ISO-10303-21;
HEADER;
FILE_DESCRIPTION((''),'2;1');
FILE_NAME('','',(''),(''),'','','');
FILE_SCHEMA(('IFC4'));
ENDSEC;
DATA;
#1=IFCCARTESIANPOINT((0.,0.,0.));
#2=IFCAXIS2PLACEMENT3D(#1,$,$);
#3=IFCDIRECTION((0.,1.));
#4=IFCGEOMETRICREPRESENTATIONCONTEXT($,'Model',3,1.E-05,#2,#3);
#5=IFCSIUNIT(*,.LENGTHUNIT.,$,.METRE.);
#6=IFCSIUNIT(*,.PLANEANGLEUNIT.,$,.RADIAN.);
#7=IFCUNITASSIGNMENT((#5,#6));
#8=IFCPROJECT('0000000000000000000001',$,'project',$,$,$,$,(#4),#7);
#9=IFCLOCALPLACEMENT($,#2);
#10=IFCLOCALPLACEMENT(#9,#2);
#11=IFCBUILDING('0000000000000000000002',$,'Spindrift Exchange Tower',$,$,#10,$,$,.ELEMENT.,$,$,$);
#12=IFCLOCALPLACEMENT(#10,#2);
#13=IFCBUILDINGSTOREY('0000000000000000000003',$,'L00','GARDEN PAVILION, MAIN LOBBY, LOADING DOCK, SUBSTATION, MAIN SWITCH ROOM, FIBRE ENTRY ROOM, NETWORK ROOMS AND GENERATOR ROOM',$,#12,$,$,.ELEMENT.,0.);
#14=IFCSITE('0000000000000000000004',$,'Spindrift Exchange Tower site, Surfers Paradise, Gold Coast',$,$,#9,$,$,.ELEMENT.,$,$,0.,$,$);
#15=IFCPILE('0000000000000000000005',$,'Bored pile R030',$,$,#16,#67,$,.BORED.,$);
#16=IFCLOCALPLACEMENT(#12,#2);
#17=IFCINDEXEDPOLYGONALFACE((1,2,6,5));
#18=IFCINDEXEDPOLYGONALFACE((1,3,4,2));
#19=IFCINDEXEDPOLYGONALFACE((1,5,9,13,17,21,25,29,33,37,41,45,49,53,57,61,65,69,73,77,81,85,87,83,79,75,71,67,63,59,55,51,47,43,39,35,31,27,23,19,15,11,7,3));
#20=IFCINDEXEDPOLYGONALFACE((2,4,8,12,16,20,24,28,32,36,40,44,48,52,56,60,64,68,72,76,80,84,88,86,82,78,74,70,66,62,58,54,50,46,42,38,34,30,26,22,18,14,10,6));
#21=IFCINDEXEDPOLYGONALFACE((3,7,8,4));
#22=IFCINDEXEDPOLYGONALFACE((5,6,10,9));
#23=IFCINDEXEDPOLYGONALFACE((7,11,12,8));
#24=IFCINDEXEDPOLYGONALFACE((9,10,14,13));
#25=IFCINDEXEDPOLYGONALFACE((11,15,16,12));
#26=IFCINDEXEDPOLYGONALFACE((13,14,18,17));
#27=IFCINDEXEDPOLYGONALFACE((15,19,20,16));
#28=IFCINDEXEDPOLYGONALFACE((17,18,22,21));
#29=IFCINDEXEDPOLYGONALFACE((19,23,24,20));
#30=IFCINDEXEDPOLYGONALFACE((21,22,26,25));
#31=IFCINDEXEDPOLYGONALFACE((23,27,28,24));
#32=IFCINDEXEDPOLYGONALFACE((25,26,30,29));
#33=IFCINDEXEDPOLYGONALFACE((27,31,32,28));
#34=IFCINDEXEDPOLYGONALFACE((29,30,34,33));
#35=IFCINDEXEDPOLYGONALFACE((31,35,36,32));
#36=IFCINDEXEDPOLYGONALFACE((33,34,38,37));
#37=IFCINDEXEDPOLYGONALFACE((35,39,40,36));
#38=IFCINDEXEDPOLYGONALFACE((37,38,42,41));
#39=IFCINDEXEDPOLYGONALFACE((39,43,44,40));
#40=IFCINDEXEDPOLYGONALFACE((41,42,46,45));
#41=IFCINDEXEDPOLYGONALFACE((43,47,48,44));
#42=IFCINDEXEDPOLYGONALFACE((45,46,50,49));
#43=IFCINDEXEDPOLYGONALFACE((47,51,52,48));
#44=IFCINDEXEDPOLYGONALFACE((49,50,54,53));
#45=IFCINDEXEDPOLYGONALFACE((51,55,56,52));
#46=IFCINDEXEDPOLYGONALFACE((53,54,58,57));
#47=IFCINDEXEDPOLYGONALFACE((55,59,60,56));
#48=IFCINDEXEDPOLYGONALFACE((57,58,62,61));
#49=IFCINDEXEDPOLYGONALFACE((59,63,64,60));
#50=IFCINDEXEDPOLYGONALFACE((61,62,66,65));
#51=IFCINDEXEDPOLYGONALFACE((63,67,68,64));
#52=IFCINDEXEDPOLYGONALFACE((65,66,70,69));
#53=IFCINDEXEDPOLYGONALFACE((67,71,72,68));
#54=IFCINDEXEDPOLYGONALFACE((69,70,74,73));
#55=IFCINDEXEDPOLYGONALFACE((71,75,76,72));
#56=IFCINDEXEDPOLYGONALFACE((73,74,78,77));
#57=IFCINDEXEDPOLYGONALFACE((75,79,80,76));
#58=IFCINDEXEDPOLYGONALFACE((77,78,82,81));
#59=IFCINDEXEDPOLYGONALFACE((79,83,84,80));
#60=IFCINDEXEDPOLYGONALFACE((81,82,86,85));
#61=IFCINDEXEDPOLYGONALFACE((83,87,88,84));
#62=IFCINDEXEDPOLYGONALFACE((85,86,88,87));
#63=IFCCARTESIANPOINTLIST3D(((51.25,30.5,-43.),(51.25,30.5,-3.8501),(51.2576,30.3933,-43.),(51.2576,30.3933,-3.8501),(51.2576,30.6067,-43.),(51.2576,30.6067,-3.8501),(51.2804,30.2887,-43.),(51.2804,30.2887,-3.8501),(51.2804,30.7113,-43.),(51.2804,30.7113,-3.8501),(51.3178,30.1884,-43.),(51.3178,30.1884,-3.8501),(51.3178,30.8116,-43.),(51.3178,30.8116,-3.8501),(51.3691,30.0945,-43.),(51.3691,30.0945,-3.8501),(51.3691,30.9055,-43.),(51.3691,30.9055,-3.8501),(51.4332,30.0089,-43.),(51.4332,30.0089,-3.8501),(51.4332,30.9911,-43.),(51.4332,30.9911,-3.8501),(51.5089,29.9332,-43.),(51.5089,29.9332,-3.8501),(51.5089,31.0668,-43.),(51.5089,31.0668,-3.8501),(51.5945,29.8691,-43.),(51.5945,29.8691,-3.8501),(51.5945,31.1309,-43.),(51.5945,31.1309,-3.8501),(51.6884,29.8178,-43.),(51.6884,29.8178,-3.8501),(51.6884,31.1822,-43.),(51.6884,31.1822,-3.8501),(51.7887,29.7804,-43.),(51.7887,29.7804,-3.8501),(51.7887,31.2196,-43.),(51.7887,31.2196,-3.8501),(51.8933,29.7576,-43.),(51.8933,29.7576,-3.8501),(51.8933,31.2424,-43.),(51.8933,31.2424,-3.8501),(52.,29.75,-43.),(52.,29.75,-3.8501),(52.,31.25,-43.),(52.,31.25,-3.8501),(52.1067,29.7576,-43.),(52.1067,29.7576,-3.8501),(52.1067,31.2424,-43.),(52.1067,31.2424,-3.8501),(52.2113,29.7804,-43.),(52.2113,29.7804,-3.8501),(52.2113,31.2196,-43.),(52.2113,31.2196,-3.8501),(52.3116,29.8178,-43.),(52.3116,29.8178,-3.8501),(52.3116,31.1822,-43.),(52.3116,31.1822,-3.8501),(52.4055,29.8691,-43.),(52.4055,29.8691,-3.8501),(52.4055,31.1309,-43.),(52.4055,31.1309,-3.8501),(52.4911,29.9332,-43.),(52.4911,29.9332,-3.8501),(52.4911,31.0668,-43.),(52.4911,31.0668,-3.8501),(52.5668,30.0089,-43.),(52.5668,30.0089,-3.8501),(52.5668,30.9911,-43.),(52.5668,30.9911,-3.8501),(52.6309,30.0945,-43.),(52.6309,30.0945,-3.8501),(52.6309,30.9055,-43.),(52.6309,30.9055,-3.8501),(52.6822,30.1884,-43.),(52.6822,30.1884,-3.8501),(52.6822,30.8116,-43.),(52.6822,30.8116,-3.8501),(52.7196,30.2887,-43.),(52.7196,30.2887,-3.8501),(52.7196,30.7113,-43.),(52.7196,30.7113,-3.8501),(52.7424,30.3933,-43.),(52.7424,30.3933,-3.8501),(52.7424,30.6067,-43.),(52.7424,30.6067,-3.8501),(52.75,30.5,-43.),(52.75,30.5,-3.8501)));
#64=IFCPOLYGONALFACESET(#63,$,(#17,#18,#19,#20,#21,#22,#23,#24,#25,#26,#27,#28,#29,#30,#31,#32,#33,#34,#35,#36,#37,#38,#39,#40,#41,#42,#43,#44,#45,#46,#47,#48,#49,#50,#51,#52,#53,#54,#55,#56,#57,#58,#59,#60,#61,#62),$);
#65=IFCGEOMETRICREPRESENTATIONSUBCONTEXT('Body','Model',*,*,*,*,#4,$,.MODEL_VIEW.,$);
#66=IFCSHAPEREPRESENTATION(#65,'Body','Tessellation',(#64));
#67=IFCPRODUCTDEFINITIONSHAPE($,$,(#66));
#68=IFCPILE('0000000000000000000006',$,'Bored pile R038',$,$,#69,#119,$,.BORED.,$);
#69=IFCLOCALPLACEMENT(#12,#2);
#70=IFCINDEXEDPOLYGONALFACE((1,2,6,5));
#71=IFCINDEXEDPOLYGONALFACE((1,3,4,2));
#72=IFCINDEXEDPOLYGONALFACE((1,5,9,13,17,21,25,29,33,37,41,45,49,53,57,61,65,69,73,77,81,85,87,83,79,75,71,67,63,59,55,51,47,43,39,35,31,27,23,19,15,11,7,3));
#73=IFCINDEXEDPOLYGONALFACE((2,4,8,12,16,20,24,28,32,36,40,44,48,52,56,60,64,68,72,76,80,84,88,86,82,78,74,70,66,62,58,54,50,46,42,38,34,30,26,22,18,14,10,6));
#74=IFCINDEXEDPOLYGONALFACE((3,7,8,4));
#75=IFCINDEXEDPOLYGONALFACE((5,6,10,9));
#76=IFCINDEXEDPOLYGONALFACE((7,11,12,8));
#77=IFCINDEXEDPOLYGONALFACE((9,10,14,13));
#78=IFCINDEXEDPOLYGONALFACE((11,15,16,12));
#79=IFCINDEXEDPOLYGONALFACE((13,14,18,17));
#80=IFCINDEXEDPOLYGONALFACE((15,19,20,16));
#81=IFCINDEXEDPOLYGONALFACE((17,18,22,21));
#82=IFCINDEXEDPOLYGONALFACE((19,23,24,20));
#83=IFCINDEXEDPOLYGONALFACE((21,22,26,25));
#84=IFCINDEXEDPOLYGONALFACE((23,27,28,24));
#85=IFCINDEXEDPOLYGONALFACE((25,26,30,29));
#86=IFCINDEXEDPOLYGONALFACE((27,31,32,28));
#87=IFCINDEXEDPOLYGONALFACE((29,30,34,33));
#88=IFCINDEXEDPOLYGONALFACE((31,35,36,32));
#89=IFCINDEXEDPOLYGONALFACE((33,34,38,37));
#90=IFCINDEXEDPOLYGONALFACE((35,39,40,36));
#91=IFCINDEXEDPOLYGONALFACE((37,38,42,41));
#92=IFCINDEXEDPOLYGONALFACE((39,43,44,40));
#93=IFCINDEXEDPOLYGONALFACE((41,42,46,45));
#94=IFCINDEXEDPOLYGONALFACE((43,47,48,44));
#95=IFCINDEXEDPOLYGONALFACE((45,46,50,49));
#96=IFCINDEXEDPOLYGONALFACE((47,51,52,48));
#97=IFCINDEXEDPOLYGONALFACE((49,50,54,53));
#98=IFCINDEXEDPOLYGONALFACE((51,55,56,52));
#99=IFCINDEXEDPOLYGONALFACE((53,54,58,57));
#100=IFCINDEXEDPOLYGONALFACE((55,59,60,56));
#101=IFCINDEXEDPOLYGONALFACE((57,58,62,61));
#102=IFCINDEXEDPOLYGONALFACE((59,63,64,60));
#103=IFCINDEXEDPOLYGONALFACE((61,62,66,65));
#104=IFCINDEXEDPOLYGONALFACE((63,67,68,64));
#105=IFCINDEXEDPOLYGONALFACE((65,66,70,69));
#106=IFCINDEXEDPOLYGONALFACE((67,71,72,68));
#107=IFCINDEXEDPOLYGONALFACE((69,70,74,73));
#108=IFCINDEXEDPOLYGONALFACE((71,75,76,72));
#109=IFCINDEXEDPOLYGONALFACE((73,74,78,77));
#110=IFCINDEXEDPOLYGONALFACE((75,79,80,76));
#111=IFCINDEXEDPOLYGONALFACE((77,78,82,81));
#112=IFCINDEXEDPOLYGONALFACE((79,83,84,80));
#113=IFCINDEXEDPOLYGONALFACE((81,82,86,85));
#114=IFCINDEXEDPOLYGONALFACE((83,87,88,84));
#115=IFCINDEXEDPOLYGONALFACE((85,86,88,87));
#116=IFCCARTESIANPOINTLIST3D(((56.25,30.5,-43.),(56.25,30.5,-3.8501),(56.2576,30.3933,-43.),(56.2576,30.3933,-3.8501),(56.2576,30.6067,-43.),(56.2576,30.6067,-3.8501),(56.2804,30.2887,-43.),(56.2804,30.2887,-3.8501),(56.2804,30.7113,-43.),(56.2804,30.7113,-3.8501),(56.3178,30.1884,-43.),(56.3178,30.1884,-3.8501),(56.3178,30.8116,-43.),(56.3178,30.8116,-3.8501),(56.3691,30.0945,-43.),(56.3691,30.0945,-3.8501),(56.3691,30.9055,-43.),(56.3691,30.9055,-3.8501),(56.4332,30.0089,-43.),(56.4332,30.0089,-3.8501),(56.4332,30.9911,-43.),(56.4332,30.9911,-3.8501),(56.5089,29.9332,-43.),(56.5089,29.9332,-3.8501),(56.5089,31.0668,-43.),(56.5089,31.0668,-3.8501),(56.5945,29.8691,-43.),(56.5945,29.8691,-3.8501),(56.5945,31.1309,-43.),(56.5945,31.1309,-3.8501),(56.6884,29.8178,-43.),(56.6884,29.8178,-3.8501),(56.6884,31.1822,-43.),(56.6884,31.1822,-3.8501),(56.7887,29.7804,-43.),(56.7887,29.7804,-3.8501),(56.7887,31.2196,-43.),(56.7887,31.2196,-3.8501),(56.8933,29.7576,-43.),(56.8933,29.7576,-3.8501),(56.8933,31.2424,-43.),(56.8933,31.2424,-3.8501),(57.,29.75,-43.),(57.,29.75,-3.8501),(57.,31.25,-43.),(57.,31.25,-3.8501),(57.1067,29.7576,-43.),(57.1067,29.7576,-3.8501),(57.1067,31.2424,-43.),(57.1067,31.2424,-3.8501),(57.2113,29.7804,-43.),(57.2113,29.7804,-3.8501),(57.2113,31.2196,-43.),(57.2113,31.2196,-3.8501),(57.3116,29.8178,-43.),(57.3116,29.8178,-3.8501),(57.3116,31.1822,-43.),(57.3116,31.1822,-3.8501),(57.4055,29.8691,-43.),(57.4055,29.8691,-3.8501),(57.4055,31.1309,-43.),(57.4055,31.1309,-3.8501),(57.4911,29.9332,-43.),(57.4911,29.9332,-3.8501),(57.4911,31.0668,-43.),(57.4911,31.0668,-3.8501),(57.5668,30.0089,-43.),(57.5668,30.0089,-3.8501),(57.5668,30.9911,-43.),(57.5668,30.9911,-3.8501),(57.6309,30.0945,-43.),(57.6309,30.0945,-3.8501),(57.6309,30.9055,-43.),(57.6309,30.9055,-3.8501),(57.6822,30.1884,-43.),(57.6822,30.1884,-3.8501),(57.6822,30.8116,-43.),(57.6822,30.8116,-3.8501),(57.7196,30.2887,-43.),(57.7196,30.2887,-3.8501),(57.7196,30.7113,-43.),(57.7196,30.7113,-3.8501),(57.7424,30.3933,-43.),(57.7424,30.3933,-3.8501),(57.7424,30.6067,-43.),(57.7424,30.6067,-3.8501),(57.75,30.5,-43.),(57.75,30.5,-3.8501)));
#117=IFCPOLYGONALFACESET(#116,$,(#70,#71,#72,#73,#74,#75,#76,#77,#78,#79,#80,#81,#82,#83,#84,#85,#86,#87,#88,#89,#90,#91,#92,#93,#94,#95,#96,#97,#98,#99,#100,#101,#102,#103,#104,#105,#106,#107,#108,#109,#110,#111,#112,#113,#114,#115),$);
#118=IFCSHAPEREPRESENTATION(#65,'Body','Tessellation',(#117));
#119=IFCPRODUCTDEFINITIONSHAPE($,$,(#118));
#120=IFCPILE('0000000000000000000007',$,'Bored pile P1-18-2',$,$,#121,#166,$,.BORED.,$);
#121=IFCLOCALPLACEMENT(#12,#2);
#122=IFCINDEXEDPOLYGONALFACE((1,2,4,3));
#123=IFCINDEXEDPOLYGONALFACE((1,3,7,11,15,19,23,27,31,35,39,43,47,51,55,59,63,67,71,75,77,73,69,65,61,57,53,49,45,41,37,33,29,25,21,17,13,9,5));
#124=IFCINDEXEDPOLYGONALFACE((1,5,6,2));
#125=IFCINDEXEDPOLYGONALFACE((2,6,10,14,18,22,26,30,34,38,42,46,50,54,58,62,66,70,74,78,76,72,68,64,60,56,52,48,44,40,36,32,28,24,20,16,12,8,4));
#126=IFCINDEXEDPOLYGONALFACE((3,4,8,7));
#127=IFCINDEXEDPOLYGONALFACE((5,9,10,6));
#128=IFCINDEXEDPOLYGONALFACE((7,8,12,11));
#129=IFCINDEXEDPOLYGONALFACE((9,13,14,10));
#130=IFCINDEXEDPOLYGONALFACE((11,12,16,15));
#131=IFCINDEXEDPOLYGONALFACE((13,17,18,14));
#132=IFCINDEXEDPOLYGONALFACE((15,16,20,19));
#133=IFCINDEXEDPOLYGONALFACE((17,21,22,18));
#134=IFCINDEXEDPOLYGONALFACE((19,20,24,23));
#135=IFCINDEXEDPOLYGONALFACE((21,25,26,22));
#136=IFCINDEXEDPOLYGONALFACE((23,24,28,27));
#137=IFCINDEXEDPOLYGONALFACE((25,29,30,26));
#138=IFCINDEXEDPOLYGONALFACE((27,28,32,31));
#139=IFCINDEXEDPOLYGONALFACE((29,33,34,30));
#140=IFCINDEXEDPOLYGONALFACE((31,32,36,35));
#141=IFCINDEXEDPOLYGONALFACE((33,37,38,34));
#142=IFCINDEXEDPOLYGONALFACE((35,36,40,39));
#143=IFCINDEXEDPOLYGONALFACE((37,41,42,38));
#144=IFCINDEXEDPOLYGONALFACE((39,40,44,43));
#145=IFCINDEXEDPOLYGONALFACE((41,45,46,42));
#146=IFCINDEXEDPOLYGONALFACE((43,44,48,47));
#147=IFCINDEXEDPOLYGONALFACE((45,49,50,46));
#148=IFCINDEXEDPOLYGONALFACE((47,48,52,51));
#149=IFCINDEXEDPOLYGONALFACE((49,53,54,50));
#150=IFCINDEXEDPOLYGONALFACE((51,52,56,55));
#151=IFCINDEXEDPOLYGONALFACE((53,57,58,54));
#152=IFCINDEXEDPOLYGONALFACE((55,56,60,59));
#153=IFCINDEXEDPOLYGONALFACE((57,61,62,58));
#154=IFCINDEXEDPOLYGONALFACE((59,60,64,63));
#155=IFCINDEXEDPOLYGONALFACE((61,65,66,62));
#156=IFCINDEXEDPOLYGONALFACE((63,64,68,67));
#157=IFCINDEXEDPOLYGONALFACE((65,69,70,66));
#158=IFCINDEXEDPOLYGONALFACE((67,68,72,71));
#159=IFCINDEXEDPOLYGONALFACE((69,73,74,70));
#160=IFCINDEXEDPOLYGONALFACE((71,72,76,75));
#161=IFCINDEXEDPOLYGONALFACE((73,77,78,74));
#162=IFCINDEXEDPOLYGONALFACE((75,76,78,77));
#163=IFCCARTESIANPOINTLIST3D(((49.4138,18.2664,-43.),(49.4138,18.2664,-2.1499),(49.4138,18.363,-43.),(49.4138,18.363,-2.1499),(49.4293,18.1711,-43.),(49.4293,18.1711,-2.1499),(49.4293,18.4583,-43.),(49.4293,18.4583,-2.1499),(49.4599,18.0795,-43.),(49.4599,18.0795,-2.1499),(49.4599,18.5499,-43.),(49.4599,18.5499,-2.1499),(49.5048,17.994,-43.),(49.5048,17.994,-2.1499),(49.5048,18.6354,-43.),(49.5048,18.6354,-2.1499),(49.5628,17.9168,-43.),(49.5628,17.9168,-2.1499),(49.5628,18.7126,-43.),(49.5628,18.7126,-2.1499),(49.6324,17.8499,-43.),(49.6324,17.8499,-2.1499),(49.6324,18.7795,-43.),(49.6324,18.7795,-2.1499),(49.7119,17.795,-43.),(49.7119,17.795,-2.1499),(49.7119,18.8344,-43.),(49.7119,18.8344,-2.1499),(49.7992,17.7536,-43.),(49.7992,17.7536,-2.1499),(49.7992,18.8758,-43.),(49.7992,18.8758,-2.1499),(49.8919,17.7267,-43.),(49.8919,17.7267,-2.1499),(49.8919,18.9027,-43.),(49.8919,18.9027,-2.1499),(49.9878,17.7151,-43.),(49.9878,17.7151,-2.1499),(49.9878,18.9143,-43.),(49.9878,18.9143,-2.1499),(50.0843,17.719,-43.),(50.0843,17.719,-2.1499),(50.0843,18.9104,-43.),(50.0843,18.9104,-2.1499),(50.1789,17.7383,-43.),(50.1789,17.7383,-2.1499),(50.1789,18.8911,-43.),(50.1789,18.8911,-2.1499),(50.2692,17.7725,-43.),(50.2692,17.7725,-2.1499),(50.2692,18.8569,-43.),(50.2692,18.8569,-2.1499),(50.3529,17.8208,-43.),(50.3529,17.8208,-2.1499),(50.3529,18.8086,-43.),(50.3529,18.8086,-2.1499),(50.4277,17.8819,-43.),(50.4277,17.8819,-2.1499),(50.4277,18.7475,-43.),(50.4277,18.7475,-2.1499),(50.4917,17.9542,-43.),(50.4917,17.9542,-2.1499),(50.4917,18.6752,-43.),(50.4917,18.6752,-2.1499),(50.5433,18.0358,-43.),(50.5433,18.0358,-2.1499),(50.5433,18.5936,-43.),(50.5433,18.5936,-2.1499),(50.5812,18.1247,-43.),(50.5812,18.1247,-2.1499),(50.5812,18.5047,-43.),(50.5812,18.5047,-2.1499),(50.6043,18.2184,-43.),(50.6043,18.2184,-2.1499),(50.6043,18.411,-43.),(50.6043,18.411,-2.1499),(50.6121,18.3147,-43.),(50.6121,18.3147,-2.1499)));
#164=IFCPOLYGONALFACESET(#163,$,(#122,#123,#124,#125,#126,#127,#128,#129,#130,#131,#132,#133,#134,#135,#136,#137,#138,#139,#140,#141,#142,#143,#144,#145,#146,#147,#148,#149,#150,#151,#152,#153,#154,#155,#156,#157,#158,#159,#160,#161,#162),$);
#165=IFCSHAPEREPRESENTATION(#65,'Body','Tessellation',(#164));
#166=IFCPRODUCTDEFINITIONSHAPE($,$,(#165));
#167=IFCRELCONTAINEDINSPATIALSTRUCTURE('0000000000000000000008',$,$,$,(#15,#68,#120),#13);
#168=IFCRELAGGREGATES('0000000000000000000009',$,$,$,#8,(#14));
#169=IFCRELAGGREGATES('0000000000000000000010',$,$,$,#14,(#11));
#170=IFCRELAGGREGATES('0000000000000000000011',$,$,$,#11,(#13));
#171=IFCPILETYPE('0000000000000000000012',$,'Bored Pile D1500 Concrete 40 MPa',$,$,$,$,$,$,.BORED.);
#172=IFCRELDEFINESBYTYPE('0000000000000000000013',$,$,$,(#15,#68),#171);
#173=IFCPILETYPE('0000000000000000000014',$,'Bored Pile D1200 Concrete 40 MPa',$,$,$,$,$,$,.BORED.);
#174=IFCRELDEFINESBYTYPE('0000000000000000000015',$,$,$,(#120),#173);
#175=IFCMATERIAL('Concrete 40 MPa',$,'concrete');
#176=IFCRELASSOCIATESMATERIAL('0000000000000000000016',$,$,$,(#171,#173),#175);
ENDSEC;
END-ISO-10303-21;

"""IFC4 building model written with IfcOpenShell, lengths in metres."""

from ifc_helpers import new_model, si_unit, direction, frame, origin, origin_2d, place, context, subcontext, project, spatial, circle, extrude, source, transform, mapped, material, material_profile, profile_set, type_object, element, save


model = new_model("IFC4")

# Units and contexts
model_context = context("Model", 3, precision=1e-05, world=origin(), true_north=direction((0.0, 1.0)))
body_context = subcontext(model_context, "Body", "Model", "MODEL_VIEW")
ifc_project = project(units=[si_unit("LENGTHUNIT", "METRE"), si_unit("PLANEANGLEUNIT", "RADIAN")], contexts=[model_context])

# Site, building, storey
site_placement = place(None, origin())
site = spatial("IfcSite", under=ifc_project, at=site_placement, Name="Spindrift Exchange Tower site, Surfers Paradise, Gold Coast", CompositionType="ELEMENT", RefElevation=0.0)
building_placement = place(site_placement, origin())
building = spatial("IfcBuilding", under=site, at=building_placement, Name="Spindrift Exchange Tower", CompositionType="ELEMENT")
storey_placement = place(building_placement, origin())
storey = spatial("IfcBuildingStorey", under=building, at=storey_placement, Name="L00", Description="GARDEN PAVILION, MAIN LOBBY, LOADING DOCK, SUBSTATION, MAIN SWITCH ROOM, FIBRE ENTRY ROOM, NETWORK ROOMS AND GENERATOR ROOM", CompositionType="ELEMENT", Elevation=0.0)

# Piles
ifc_material_1 = material(Name="Concrete 40 MPa", Category="concrete")
ifc_material_profile_1 = material_profile(ifc_material_1, circle(Radius=0.75, at=origin_2d()), Name="BP D1500")
ifc_profile_set_1 = profile_set([ifc_material_profile_1], Name="Concrete 40 MPa")
pile_type_1 = type_object("IfcPileType", Name="Bored Pile D1500 Concrete 40 MPa", PredefinedType="BORED", material=ifc_profile_set_1)
shared_shape_1 = source(origin(), body_context, "Body", "SweptSolid", [
    extrude(circle(Radius=0.75, at=origin_2d()), origin(), (0.0, 0.0, 1.0), 39.1499),
])
for number, where, z_axis, x_axis, name in (
    (1, (52.0, 30.5, -3.8501), (0.0, 0.0, -1.0), (1.0, 0.0, 0.0), "Bored pile R030"),
    (2, (57.0, 30.5, -3.8501), (0.0, 0.0, -1.0), (1.0, 0.0, 0.0), "Bored pile R038"),
):
    element("IfcPile", number, at=place(storey_placement, frame(where, z_axis=z_axis, x_axis=x_axis)), inside=storey, type_object=pile_type_1, Name=name, PredefinedType="BORED", context=body_context, shape_type="MappedRepresentation", body=[
        mapped(shared_shape_1, transform((0.0, 0.0, 0.0), scale=1.0)),
    ])
ifc_material_profile_2 = material_profile(ifc_material_1, circle(Radius=0.6001, at=origin_2d()), Name="BP D1200")
ifc_profile_set_2 = profile_set([ifc_material_profile_2], Name="Concrete 40 MPa")
pile_type_2 = type_object("IfcPileType", Name="Bored Pile D1200 Concrete 40 MPa", PredefinedType="BORED", material=ifc_profile_set_2)
shared_shape_2 = source(origin(), body_context, "Body", "SweptSolid", [
    extrude(circle(Radius=0.6001, at=origin_2d()), origin(), (0.0, 0.0, 1.0), 40.8501),
])
for number, where, z_axis, x_axis, name in (
    (3, (50.012, 18.3147, -2.1499), (0.0, 0.0, -1.0), (1.0, 0.0, 0.0), "Bored pile P1-18-2"),
):
    element("IfcPile", number, at=place(storey_placement, frame(where, z_axis=z_axis, x_axis=x_axis)), inside=storey, type_object=pile_type_2, Name=name, PredefinedType="BORED", context=body_context, shape_type="MappedRepresentation", body=[
        mapped(shared_shape_2, transform((0.0, 0.0, 0.0), scale=1.0)),
    ])

save(model, "model.ifc")
